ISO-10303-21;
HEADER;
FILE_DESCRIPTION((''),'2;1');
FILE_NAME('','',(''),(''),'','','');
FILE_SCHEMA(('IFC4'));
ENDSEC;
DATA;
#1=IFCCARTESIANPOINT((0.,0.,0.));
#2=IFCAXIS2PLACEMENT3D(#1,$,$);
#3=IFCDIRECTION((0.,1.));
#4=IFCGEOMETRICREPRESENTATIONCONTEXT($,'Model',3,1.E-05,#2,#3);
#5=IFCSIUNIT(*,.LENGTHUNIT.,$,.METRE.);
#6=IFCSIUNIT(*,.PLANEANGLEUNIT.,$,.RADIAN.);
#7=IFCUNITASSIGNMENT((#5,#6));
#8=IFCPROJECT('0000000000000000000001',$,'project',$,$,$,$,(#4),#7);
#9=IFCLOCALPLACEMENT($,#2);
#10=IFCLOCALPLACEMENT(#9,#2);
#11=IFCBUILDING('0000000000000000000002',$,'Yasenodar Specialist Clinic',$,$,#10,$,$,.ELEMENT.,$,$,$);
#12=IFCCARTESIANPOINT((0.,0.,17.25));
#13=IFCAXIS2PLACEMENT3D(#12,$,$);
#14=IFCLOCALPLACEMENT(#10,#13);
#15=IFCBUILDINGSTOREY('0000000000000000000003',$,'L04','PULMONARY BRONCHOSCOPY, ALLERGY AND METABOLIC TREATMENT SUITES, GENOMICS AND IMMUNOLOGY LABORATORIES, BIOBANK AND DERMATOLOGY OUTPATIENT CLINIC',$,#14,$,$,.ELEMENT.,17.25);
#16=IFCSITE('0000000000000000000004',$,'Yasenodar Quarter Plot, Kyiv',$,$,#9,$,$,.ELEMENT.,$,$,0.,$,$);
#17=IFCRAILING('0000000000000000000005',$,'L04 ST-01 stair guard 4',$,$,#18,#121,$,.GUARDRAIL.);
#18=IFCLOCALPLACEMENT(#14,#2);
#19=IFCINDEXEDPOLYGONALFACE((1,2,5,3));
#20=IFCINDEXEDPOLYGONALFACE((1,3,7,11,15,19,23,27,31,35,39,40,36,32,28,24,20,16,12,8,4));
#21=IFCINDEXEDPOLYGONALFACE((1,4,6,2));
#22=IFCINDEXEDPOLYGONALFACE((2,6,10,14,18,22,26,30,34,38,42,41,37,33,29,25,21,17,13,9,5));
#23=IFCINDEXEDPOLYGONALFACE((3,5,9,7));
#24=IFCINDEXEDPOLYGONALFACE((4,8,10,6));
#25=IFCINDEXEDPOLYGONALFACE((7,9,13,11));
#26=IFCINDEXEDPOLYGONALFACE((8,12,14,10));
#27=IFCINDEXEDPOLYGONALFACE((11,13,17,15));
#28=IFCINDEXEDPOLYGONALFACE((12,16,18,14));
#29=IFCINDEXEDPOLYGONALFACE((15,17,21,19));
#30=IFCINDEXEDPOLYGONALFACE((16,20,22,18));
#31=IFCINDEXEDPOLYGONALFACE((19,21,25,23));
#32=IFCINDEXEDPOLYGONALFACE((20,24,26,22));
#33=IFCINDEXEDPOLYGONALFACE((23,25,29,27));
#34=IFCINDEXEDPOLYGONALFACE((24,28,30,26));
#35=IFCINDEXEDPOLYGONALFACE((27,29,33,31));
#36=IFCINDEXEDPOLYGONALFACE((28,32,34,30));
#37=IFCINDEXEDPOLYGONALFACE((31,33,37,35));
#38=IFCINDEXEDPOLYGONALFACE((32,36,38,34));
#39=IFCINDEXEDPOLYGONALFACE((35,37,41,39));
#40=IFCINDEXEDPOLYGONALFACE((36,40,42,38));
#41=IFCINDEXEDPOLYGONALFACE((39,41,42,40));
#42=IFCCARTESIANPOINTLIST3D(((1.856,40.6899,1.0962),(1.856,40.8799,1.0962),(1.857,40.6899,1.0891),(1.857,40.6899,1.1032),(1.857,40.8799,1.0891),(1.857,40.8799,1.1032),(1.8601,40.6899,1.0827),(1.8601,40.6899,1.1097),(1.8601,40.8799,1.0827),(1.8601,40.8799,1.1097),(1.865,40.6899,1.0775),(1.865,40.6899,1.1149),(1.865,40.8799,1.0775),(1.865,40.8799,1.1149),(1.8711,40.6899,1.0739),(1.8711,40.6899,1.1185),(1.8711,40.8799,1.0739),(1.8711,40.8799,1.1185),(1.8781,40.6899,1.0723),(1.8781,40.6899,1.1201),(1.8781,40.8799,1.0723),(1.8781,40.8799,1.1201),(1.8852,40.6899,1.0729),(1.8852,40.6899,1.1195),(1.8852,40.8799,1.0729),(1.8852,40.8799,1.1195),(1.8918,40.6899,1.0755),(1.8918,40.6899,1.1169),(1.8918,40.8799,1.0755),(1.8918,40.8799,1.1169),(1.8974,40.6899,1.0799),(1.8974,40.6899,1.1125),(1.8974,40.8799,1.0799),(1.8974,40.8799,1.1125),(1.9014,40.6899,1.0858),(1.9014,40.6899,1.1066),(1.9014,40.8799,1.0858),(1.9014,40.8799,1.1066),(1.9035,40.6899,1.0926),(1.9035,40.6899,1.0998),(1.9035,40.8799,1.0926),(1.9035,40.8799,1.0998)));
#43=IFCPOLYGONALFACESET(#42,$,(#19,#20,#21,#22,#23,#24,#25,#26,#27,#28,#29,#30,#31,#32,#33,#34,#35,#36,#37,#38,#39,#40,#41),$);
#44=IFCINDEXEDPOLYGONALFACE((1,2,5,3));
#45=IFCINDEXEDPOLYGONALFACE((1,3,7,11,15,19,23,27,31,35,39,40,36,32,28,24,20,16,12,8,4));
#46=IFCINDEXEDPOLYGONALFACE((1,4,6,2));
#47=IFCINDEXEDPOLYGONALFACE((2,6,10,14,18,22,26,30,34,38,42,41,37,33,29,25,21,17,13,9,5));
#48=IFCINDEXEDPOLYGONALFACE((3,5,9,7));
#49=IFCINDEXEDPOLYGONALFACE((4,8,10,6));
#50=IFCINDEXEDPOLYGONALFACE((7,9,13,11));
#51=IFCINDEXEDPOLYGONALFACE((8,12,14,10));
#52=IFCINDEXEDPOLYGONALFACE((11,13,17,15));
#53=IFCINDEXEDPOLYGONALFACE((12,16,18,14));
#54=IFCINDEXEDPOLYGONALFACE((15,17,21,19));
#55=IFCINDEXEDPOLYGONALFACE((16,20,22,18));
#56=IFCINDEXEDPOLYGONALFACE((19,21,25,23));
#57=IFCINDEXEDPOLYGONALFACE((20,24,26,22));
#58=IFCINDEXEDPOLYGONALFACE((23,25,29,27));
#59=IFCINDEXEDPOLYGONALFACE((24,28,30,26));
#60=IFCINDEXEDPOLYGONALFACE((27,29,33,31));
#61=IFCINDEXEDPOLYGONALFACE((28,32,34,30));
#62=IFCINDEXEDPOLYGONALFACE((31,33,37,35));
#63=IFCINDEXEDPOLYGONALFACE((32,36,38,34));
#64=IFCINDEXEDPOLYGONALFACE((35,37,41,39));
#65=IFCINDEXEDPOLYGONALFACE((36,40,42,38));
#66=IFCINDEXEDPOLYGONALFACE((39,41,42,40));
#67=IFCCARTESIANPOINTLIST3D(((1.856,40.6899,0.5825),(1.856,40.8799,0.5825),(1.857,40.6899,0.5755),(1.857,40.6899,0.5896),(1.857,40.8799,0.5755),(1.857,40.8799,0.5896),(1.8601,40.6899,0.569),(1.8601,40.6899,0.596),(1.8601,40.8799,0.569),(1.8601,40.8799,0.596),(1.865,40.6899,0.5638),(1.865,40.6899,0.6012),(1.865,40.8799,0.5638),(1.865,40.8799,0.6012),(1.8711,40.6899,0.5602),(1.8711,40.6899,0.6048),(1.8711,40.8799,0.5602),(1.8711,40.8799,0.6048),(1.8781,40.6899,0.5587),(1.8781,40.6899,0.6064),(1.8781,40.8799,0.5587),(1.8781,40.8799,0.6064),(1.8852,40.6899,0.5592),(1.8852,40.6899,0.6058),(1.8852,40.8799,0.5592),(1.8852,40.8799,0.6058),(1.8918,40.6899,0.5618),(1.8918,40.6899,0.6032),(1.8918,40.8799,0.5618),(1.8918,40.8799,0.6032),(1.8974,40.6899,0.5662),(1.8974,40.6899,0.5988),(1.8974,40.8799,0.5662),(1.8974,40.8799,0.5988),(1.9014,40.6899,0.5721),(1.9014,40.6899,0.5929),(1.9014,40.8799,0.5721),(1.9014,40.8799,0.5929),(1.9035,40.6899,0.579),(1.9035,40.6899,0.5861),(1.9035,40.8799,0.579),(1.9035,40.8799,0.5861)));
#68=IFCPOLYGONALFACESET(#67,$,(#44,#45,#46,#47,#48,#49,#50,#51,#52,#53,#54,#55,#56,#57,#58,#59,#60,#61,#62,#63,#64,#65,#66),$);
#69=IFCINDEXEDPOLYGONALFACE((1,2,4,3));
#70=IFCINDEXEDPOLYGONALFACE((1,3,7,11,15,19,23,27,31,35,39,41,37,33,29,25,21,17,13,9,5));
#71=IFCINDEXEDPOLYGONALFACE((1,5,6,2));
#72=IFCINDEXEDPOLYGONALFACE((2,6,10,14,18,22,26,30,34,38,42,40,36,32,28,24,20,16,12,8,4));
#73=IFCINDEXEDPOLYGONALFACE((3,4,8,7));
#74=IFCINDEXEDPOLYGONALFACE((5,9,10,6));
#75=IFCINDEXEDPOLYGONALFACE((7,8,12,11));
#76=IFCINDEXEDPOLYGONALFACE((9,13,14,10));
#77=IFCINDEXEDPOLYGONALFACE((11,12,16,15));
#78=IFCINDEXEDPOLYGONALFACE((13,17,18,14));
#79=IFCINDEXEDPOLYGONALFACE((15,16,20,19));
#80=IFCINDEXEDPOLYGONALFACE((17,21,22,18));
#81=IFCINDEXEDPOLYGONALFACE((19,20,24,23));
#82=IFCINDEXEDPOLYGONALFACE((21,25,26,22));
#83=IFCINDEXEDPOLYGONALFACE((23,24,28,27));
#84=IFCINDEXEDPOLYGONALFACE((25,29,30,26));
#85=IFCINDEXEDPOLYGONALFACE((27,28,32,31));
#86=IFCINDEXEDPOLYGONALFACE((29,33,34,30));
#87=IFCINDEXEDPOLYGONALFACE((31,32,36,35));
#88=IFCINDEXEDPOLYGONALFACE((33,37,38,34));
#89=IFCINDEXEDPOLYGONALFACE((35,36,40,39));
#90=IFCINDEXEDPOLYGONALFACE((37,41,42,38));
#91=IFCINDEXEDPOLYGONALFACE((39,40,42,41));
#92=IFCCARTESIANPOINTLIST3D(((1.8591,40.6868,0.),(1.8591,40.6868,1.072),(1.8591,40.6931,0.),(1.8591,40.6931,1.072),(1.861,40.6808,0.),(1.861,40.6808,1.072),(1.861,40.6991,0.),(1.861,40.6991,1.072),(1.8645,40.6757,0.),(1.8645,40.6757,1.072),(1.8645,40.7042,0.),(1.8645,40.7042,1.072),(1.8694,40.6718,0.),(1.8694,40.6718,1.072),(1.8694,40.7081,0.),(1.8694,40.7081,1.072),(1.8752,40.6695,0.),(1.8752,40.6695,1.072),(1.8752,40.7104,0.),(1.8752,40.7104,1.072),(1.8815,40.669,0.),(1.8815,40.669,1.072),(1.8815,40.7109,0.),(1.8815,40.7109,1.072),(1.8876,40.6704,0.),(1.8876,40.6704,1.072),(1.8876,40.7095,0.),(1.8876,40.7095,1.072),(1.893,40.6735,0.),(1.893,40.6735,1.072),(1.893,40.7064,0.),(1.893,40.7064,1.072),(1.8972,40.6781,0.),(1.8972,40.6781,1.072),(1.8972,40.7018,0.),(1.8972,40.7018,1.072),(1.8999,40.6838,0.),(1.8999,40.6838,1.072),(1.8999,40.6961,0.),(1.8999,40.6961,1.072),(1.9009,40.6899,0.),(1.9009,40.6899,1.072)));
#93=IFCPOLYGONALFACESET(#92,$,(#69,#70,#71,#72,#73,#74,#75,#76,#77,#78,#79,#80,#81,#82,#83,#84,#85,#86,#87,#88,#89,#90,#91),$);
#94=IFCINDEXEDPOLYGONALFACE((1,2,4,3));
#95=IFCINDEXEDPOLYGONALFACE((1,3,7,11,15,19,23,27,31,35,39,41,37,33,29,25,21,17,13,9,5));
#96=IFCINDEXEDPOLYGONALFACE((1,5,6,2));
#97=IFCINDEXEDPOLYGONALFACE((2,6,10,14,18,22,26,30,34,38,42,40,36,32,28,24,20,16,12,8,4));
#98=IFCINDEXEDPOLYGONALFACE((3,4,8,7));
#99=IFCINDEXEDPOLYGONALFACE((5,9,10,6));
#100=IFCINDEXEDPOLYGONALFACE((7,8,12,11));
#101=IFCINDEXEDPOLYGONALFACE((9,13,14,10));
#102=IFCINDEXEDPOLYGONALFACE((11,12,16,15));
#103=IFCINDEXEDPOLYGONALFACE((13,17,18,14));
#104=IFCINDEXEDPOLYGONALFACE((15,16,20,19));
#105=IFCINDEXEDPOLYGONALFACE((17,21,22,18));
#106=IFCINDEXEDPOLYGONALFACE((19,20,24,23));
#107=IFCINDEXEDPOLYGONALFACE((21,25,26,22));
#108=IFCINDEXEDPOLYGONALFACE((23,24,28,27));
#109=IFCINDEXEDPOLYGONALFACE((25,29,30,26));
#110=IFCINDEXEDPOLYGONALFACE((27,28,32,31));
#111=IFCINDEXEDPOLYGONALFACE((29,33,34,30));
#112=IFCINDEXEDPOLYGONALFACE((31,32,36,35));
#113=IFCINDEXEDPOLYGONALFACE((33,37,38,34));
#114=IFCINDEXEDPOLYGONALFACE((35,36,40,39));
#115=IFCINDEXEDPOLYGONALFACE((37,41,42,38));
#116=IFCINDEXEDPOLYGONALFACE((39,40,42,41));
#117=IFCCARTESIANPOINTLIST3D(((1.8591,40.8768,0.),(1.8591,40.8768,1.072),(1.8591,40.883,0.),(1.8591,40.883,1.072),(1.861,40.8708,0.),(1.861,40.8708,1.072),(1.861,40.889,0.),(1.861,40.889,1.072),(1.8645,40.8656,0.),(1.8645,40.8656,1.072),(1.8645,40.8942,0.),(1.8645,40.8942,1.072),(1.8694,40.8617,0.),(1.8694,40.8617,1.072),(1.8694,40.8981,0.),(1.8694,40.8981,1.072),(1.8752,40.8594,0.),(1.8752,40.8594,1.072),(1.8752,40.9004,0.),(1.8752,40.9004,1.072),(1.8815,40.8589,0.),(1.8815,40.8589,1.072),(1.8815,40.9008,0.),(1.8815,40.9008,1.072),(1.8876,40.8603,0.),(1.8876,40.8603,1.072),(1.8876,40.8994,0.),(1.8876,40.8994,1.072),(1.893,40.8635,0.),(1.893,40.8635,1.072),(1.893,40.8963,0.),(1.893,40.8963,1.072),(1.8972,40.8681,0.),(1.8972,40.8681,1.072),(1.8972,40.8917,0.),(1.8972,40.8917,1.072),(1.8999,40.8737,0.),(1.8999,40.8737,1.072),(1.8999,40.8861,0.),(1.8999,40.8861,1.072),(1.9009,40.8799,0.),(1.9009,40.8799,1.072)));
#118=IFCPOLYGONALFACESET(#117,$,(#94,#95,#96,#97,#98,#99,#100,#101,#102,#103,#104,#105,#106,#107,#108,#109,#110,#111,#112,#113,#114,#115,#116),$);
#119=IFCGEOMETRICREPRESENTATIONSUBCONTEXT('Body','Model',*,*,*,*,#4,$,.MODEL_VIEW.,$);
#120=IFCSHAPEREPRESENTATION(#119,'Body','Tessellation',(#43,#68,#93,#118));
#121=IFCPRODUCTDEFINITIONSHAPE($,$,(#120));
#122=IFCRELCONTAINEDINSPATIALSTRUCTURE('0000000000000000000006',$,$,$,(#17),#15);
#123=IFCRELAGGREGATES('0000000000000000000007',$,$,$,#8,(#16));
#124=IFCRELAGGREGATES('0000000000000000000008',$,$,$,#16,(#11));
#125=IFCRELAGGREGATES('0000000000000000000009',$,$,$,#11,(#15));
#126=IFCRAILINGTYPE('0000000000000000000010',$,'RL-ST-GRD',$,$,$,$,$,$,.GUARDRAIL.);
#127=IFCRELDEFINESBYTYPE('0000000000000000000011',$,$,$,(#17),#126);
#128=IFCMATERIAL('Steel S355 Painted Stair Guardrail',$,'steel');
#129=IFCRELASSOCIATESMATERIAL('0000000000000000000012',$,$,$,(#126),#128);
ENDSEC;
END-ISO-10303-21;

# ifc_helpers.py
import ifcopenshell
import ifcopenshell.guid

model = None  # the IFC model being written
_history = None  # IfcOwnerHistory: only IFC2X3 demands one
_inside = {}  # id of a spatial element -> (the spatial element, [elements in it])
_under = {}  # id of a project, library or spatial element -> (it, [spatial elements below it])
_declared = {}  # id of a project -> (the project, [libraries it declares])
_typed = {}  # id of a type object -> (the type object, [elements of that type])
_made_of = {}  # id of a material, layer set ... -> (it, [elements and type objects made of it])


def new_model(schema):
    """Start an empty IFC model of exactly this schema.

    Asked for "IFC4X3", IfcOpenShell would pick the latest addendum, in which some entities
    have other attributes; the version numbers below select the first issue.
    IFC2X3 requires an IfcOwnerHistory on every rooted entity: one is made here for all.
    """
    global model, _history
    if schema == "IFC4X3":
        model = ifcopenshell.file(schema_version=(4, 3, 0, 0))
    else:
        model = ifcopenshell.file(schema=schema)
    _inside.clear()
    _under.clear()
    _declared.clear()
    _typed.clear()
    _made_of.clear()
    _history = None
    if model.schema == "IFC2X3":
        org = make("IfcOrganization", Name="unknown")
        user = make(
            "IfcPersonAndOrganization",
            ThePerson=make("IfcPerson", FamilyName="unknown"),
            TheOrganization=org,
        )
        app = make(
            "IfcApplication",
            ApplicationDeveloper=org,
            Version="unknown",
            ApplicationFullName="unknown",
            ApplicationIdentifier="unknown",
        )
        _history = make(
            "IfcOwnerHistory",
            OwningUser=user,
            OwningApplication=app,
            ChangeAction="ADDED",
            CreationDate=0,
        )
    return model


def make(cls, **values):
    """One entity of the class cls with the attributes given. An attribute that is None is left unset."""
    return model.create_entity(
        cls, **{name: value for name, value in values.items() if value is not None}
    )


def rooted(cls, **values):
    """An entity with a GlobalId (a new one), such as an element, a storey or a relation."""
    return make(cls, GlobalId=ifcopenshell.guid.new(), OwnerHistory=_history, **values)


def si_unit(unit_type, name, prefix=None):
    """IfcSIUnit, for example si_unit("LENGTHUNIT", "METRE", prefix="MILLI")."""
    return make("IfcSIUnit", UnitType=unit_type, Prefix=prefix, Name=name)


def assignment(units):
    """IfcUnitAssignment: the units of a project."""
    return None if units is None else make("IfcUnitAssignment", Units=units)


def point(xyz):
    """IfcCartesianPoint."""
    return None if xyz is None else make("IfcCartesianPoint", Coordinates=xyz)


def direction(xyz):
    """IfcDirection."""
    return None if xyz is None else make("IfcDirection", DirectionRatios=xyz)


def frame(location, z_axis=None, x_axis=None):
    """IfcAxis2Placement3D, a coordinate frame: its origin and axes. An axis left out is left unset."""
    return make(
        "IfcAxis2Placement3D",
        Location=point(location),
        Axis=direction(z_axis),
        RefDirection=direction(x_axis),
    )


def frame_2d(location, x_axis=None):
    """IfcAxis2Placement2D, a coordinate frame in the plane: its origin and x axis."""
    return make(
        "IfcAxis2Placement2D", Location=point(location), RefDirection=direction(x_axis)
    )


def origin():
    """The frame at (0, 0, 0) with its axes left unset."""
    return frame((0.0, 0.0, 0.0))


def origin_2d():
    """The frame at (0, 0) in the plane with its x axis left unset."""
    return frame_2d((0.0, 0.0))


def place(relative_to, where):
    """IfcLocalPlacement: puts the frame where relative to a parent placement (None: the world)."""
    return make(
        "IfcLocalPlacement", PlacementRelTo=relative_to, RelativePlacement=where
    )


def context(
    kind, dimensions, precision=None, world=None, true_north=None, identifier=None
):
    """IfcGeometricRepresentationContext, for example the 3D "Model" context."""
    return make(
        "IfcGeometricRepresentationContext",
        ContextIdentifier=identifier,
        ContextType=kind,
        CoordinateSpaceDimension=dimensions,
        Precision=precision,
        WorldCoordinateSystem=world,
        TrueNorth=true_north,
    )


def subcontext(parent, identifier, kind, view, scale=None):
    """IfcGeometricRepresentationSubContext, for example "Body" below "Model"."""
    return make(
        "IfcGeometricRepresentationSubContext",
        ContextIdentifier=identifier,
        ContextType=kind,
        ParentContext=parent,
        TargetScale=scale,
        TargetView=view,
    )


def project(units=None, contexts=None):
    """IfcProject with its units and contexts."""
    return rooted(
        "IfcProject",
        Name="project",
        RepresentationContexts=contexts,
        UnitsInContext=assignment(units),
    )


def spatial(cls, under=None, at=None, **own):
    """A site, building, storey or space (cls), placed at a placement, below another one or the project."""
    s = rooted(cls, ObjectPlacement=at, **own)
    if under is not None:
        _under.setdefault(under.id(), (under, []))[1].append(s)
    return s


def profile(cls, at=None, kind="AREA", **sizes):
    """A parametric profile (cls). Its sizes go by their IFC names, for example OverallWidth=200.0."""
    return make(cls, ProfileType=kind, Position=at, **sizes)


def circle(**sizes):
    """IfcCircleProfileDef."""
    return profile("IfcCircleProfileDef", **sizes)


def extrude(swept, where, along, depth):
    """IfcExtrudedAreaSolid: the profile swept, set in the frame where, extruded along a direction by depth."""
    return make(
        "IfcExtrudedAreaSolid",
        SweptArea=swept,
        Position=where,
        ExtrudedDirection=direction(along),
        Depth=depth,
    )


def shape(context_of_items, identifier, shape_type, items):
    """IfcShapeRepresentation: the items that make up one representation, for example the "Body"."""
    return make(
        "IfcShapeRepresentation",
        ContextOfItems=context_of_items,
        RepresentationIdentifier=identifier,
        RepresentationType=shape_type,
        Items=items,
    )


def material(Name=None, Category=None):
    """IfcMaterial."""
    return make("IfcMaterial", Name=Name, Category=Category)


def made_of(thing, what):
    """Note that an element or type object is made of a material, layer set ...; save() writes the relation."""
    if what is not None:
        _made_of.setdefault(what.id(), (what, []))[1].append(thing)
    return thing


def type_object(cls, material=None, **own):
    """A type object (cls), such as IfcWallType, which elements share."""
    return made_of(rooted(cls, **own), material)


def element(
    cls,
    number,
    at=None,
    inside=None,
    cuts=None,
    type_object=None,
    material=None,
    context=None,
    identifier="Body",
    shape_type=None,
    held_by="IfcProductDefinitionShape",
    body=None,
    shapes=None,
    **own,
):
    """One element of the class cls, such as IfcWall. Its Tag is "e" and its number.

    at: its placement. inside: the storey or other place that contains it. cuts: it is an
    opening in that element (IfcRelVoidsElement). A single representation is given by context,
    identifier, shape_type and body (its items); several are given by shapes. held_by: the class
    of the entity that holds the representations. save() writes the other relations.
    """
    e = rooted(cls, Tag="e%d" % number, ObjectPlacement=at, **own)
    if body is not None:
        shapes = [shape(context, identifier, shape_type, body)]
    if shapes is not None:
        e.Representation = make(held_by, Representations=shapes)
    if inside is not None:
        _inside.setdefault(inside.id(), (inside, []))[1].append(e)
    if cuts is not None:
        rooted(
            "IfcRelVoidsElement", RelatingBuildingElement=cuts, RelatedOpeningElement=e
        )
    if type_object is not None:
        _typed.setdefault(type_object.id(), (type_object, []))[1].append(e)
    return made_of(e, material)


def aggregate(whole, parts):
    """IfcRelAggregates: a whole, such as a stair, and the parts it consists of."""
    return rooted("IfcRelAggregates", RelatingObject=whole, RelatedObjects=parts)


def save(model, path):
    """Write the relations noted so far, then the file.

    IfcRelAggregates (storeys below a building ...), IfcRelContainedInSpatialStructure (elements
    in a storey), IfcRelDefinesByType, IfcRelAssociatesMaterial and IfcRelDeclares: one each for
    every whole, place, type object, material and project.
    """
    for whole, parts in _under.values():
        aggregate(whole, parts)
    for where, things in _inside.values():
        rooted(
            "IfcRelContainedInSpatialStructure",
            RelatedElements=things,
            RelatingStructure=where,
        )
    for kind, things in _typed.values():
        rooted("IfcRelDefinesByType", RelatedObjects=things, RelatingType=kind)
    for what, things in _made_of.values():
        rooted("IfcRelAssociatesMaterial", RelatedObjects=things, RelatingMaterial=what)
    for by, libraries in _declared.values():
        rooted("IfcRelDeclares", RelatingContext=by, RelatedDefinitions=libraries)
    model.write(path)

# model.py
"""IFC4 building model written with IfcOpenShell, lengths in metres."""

from ifc_helpers import new_model, si_unit, direction, frame, origin, origin_2d, place, context, subcontext, project, spatial, circle, extrude, material, type_object, element, save


model = new_model("IFC4")

# Units and contexts
model_context = context("Model", 3, precision=1e-05, world=origin(), true_north=direction((0.0, 1.0)))
body_context = subcontext(model_context, "Body", "Model", "MODEL_VIEW")
ifc_project = project(units=[si_unit("LENGTHUNIT", "METRE"), si_unit("PLANEANGLEUNIT", "RADIAN")], contexts=[model_context])

# Site, building, storey
site_placement = place(None, origin())
site = spatial("IfcSite", under=ifc_project, at=site_placement, Name="Yasenodar Quarter Plot, Kyiv", CompositionType="ELEMENT", RefElevation=0.0)
building_placement = place(site_placement, origin())
building = spatial("IfcBuilding", under=site, at=building_placement, Name="Yasenodar Specialist Clinic", CompositionType="ELEMENT")
storey_placement = place(building_placement, frame((0.0, 0.0, 17.25)))
storey = spatial("IfcBuildingStorey", under=building, at=storey_placement, Name="L04", Description="PULMONARY BRONCHOSCOPY, ALLERGY AND METABOLIC TREATMENT SUITES, GENOMICS AND IMMUNOLOGY LABORATORIES, BIOBANK AND DERMATOLOGY OUTPATIENT CLINIC", CompositionType="ELEMENT", Elevation=17.25)

# Railing
ifc_material_1 = material(Name="Steel S355 Painted Stair Guardrail", Category="steel")
railing_type_1 = type_object("IfcRailingType", Name="RL-ST-GRD", PredefinedType="GUARDRAIL", material=ifc_material_1)
railing_1_placement = place(storey_placement, frame((1.8799, 40.6899, 0.0)))
element("IfcRailing", 1, at=railing_1_placement, inside=storey, type_object=railing_type_1, Name="L04 ST-01 stair guard 4", PredefinedType="GUARDRAIL", context=body_context, shape_type="SweptSolid", body=[
    extrude(circle(Radius=0.0239, at=origin_2d()), frame((0.0, 0.0, 1.0962), z_axis=(0.0, 1.0, 0.0), x_axis=(-1.0, 0.0, 0.0)), (0.0, 0.0, 1.0), 0.1899),
    extrude(circle(Radius=0.0239, at=origin_2d()), frame((0.0, 0.0, 0.5825), z_axis=(0.0, 1.0, 0.0), x_axis=(-1.0, 0.0, 0.0)), (0.0, 0.0, 1.0), 0.1899),
    extrude(circle(Radius=0.021, at=origin_2d()), origin(), (0.0, 0.0, 1.0), 1.072),
    extrude(circle(Radius=0.021, at=origin_2d()), frame((0.0, 0.1899, 0.0)), (0.0, 0.0, 1.0), 1.072),
])

save(model, "model.ifc")
